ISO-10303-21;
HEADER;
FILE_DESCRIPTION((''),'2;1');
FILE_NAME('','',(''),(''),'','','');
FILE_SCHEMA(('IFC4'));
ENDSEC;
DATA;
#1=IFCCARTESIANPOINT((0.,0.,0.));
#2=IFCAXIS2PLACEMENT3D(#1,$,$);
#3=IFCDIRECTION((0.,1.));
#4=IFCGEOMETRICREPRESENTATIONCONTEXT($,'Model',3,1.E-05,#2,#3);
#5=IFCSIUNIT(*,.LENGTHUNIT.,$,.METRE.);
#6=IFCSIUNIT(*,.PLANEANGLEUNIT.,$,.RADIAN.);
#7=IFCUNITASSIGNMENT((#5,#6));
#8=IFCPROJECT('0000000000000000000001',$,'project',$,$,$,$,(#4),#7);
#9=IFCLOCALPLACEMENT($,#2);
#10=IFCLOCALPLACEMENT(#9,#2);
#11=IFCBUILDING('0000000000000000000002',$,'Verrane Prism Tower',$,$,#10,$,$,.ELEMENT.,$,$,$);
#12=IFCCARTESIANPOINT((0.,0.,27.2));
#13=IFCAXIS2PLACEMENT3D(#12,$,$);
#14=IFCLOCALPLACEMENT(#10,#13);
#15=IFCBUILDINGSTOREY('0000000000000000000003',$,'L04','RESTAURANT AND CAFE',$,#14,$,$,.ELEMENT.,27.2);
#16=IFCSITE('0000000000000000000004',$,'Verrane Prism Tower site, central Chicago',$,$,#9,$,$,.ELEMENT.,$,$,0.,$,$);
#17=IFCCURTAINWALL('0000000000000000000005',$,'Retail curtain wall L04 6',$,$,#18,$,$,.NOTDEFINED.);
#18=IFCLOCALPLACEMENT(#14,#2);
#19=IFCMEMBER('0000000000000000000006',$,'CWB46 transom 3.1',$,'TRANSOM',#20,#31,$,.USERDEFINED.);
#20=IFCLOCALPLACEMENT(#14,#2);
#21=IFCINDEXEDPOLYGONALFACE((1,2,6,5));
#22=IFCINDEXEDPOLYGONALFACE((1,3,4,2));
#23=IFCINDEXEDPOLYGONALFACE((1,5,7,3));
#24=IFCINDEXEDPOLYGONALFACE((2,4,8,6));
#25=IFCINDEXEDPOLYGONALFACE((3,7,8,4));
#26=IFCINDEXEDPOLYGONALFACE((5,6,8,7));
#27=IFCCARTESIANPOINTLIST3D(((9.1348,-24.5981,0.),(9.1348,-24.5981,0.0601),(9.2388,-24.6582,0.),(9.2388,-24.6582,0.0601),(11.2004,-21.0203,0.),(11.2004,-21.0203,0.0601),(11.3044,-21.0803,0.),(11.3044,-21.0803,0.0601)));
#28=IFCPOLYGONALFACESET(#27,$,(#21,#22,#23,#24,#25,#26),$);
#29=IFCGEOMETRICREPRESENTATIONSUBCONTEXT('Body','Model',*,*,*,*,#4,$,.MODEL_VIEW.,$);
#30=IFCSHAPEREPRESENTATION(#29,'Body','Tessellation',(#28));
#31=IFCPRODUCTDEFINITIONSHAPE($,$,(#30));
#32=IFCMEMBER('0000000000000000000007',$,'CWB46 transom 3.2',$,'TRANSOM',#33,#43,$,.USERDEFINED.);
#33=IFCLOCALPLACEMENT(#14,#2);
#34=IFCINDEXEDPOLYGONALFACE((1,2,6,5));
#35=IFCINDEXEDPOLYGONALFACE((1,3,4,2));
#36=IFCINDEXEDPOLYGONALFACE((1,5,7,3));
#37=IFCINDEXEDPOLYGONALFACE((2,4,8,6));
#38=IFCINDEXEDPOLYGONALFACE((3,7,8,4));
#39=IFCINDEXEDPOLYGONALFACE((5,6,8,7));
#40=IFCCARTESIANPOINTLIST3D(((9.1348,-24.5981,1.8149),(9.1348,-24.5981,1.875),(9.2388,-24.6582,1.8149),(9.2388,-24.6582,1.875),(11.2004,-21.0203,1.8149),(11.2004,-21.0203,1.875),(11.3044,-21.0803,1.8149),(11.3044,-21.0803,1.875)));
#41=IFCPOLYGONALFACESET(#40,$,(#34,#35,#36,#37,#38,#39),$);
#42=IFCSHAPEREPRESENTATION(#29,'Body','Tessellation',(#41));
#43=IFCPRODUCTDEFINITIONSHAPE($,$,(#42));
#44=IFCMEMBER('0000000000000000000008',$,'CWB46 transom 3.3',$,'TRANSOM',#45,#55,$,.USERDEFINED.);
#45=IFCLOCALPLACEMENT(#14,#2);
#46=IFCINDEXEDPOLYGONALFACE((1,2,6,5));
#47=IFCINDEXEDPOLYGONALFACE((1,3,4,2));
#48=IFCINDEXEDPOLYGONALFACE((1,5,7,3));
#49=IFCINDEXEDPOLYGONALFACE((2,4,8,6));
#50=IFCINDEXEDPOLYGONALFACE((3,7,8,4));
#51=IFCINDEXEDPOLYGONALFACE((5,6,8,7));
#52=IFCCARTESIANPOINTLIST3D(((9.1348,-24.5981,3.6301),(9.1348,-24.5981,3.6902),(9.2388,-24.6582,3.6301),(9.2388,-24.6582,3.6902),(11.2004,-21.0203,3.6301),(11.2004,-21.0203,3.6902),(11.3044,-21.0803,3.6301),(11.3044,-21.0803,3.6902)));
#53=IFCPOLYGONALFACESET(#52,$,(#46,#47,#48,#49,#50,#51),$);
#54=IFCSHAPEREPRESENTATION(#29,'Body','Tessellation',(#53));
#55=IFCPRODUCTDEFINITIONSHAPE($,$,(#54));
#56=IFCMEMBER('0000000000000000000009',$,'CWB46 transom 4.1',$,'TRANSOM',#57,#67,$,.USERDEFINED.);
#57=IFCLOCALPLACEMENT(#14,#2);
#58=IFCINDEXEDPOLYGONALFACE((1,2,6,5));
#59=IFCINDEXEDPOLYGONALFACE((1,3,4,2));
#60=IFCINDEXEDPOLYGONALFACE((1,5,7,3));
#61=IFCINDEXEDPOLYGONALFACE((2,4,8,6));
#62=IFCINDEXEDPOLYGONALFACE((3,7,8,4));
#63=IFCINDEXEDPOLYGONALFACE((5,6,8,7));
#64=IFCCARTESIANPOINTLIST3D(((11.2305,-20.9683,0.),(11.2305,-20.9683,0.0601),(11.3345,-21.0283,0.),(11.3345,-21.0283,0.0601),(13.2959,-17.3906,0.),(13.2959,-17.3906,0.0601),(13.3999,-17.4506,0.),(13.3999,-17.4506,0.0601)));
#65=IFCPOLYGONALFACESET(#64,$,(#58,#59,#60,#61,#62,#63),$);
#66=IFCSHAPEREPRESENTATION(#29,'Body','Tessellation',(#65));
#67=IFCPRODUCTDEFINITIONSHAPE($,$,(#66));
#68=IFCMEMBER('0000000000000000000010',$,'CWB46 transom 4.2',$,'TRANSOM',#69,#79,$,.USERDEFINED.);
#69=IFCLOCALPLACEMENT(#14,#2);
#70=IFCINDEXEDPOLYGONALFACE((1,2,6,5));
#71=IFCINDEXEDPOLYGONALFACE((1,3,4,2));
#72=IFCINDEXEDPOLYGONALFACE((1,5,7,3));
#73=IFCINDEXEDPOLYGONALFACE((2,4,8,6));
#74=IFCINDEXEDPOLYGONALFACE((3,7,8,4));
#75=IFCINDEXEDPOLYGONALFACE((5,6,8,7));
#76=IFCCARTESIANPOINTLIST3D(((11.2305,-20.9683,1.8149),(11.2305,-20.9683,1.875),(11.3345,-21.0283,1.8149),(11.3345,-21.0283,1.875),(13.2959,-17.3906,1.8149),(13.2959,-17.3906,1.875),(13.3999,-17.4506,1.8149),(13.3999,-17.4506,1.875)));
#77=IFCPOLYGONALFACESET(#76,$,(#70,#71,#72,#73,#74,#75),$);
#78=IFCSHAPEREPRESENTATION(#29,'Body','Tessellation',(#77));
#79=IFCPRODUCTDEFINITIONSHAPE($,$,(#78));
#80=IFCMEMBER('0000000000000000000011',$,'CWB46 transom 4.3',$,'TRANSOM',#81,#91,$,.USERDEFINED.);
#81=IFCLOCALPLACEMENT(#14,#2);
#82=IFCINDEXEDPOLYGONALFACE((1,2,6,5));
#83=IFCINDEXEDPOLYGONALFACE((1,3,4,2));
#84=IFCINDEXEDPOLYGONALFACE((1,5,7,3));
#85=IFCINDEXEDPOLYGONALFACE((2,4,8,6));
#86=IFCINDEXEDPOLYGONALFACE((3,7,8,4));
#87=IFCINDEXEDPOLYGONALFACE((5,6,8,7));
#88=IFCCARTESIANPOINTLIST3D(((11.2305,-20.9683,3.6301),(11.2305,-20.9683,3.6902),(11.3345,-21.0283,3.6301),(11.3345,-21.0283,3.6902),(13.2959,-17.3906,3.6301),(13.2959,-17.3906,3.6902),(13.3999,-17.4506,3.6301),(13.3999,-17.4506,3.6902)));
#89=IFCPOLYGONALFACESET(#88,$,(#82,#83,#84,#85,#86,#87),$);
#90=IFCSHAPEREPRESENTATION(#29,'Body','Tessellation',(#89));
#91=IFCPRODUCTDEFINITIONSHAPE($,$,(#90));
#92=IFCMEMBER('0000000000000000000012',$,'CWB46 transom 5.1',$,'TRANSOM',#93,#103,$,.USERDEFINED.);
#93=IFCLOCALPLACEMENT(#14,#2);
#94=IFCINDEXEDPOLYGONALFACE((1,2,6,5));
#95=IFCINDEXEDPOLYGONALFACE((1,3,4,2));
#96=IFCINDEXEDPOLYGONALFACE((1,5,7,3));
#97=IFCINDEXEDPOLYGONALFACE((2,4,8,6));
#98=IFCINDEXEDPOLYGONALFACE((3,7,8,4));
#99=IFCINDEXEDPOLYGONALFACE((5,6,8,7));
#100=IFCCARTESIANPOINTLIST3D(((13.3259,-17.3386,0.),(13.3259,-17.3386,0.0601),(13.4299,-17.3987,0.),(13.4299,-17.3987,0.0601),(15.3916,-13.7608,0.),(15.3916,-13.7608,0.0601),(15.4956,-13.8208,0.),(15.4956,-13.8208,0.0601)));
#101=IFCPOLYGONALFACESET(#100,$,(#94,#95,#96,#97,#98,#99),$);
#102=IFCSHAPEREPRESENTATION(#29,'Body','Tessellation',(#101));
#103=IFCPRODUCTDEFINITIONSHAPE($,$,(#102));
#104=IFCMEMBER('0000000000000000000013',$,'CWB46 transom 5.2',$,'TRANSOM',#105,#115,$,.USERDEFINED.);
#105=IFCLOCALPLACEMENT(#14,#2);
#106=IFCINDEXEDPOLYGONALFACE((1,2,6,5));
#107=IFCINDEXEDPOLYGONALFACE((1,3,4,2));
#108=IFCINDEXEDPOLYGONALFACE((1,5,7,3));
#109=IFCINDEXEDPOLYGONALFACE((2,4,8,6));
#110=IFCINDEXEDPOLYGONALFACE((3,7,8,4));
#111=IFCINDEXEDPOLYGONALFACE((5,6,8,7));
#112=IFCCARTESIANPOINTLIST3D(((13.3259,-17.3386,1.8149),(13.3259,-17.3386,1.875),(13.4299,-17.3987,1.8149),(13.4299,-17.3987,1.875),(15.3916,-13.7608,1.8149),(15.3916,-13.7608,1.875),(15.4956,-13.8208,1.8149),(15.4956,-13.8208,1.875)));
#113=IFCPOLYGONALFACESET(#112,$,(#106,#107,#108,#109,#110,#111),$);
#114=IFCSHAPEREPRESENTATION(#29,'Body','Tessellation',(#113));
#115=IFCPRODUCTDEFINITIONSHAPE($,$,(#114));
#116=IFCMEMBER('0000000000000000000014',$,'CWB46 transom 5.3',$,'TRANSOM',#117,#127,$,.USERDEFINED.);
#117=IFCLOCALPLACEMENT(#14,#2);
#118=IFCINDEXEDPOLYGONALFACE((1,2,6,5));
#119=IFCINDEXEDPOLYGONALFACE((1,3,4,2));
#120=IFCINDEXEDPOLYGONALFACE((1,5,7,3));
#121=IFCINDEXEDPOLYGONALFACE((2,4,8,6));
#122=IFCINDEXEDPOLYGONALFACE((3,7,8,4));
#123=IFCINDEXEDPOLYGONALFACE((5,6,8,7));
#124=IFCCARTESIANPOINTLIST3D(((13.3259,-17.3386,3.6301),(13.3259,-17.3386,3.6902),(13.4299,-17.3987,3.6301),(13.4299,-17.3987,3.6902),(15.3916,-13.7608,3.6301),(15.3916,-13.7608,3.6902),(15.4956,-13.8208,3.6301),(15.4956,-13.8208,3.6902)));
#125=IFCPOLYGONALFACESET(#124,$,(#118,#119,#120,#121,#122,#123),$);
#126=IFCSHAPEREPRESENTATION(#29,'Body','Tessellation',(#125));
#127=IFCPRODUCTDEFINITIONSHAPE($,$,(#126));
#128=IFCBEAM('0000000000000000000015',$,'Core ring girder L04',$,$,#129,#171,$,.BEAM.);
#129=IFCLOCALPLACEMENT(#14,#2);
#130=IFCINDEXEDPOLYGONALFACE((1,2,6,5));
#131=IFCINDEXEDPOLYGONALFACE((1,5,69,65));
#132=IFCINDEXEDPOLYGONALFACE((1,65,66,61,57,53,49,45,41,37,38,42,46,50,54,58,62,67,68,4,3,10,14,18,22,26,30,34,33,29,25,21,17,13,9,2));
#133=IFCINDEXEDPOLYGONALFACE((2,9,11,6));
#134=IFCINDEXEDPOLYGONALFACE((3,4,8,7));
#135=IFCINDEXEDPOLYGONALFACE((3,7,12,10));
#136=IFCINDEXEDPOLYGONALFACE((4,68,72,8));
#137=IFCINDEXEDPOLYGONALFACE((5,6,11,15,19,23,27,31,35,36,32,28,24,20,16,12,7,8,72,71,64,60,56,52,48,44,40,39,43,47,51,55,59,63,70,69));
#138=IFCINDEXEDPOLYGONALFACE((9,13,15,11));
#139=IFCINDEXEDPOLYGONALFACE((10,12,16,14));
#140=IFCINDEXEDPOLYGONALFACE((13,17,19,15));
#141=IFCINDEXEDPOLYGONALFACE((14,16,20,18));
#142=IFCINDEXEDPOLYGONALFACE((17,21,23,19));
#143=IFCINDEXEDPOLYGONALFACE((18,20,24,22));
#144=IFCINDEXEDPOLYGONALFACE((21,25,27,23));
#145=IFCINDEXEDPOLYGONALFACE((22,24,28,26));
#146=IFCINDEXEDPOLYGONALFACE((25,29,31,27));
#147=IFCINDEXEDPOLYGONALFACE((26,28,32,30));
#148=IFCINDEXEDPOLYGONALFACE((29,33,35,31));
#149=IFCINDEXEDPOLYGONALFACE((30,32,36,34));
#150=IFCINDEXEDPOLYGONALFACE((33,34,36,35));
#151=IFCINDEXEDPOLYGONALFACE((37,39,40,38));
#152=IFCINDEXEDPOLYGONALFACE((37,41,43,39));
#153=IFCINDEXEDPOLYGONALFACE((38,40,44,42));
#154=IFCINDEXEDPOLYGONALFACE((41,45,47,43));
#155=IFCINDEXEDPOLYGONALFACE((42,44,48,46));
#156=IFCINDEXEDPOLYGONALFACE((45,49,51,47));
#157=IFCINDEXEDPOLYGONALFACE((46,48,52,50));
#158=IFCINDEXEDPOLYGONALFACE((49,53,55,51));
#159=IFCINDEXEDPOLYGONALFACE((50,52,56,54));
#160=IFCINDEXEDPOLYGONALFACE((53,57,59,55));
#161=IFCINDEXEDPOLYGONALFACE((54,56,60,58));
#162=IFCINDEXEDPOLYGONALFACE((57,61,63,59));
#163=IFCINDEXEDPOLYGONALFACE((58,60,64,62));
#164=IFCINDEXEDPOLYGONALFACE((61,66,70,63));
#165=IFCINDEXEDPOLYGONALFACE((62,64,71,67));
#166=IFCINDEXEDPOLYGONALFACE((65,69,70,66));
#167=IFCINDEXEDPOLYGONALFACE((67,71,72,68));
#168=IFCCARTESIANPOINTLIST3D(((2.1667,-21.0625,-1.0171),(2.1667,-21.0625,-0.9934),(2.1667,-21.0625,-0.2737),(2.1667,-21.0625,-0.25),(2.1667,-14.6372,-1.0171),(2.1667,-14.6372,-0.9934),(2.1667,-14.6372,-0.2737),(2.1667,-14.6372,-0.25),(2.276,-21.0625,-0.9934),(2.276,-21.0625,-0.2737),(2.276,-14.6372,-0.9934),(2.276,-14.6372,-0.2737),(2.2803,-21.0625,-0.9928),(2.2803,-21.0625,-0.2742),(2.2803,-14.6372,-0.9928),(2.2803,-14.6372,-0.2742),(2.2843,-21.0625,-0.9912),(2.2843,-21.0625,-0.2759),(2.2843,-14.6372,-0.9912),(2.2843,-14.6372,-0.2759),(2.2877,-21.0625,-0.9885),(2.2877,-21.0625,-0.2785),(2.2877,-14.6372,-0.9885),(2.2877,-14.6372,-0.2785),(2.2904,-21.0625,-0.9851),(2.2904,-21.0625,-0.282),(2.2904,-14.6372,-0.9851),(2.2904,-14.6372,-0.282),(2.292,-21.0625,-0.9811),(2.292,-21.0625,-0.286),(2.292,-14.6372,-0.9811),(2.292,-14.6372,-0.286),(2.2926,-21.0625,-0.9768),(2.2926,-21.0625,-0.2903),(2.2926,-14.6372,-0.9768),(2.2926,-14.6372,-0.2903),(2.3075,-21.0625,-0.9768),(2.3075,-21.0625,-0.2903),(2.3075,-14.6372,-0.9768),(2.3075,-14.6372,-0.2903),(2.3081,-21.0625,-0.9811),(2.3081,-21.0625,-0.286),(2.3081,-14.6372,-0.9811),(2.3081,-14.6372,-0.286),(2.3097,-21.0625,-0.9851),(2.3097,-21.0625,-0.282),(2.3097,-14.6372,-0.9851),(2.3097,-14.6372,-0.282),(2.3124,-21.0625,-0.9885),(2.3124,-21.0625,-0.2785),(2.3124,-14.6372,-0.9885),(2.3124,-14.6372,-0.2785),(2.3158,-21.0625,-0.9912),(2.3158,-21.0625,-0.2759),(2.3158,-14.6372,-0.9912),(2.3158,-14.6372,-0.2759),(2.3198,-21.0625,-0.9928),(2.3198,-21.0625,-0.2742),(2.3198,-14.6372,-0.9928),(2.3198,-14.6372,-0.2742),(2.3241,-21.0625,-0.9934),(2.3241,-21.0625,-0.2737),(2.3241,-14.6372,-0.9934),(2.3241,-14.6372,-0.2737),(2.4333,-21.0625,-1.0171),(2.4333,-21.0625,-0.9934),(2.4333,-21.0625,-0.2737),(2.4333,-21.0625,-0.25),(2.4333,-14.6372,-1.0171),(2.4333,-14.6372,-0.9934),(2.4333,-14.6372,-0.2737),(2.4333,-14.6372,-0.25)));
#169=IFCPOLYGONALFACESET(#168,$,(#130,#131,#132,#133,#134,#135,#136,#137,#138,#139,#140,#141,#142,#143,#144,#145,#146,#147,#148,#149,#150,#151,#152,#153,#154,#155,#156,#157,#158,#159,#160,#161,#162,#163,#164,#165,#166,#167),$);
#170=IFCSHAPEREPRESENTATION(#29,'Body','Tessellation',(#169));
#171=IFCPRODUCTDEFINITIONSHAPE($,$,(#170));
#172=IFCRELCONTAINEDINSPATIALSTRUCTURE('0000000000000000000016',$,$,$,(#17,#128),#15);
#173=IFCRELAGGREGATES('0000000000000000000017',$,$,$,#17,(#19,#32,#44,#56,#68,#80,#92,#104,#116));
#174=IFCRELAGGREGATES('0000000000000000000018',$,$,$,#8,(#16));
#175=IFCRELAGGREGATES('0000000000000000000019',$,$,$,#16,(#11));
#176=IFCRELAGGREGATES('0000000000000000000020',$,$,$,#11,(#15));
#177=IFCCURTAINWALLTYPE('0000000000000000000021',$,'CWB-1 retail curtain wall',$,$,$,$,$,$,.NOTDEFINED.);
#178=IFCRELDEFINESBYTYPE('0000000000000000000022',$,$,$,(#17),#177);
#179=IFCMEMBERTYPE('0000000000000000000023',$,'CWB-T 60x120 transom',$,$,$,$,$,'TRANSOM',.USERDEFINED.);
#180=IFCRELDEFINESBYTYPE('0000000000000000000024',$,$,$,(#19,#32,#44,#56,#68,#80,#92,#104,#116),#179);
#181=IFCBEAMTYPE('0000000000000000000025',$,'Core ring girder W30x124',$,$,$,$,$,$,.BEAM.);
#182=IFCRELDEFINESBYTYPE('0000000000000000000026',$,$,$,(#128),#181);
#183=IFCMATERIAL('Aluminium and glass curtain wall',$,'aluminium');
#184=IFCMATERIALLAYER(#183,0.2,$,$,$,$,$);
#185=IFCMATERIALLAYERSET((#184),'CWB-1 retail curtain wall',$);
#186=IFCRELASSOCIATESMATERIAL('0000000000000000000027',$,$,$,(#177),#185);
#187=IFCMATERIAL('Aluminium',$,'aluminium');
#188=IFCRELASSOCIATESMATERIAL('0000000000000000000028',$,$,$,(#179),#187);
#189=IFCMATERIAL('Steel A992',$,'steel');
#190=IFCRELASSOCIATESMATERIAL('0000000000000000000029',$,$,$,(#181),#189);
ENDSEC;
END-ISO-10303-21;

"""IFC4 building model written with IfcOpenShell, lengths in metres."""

from ifc_helpers import new_model, si_unit, direction, frame, origin, origin_2d, place, context, subcontext, project, spatial, rectangle, i_section, extrude, material, layer, layer_set, material_profile, profile_set, type_object, element, aggregate, save


model = new_model("IFC4")

# Units and contexts
model_context = context("Model", 3, precision=1e-05, world=origin(), true_north=direction((0.0, 1.0)))
body_context = subcontext(model_context, "Body", "Model", "MODEL_VIEW")
ifc_project = project(units=[si_unit("LENGTHUNIT", "METRE"), si_unit("PLANEANGLEUNIT", "RADIAN")], contexts=[model_context])

# Site, building, storey
site_placement = place(None, origin())
site = spatial("IfcSite", under=ifc_project, at=site_placement, Name="Verrane Prism Tower site, central Chicago", CompositionType="ELEMENT", RefElevation=0.0)
building_placement = place(site_placement, origin())
building = spatial("IfcBuilding", under=site, at=building_placement, Name="Verrane Prism Tower", CompositionType="ELEMENT")
storey_placement = place(building_placement, frame((0.0, 0.0, 27.2)))
storey = spatial("IfcBuildingStorey", under=building, at=storey_placement, Name="L04", Description="RESTAURANT AND CAFE", CompositionType="ELEMENT", Elevation=27.2)

# Curtain wall, members
ifc_material_1 = material(Name="Aluminium and glass curtain wall", Category="aluminium")
ifc_layer_1 = layer(ifc_material_1, 0.2)
ifc_layer_set_1 = layer_set([ifc_layer_1], Name="CWB-1 retail curtain wall")
curtain_wall_type = type_object("IfcCurtainWallType", Name="CWB-1 retail curtain wall", PredefinedType="NOTDEFINED", material=ifc_layer_set_1)
curtain_wall_placement = place(storey_placement, origin())
curtain_wall = element("IfcCurtainWall", 1, at=curtain_wall_placement, inside=storey, type_object=curtain_wall_type, Name="Retail curtain wall L04 6", PredefinedType="NOTDEFINED")
ifc_material_2 = material(Name="Aluminium", Category="aluminium")
ifc_material_profile_1 = material_profile(ifc_material_2, rectangle(XDim=0.1201, YDim=0.0601, at=origin_2d()), Name="CWB-T 60x120 transom")
ifc_profile_set_1 = profile_set([ifc_material_profile_1], Name="Aluminium")
member_type_1 = type_object("IfcMemberType", Name="CWB-T 60x120 transom", ElementType="TRANSOM", PredefinedType="USERDEFINED", material=ifc_profile_set_1)
member_1_placement = place(storey_placement, frame((9.1868, -24.6282, 0.03), z_axis=(0.499997, 0.866027, 0.0), x_axis=(-0.866027, 0.499997, 0.0)))
member_1 = element("IfcMember", 2, at=member_1_placement, type_object=member_type_1, Name="CWB46 transom 3.1", ObjectType="TRANSOM", PredefinedType="USERDEFINED", context=body_context, shape_type="SweptSolid", body=[
    extrude(rectangle(XDim=0.1201, YDim=0.0601, at=origin_2d()), origin(), (0.0, 0.0, 1.0), 4.1313),
])
member_2_placement = place(storey_placement, frame((9.1868, -24.6282, 1.845), z_axis=(0.499997, 0.866027, 0.0), x_axis=(-0.866027, 0.499997, 0.0)))
member_2 = element("IfcMember", 3, at=member_2_placement, type_object=member_type_1, Name="CWB46 transom 3.2", ObjectType="TRANSOM", PredefinedType="USERDEFINED", context=body_context, shape_type="SweptSolid", body=[
    extrude(rectangle(XDim=0.1201, YDim=0.0601, at=origin_2d()), origin(), (0.0, 0.0, 1.0), 4.1313),
])
member_3_placement = place(storey_placement, frame((9.1868, -24.6282, 3.6602), z_axis=(0.499997, 0.866027, 0.0), x_axis=(-0.866027, 0.499997, 0.0)))
member_3 = element("IfcMember", 4, at=member_3_placement, type_object=member_type_1, Name="CWB46 transom 3.3", ObjectType="TRANSOM", PredefinedType="USERDEFINED", context=body_context, shape_type="SweptSolid", body=[
    extrude(rectangle(XDim=0.1201, YDim=0.0601, at=origin_2d()), origin(), (0.0, 0.0, 1.0), 4.1313),
])
member_4_placement = place(storey_placement, frame((11.2825, -20.9983, 0.03), z_axis=(0.499978, 0.866038, 0.0), x_axis=(-0.866038, 0.499978, 0.0)))
member_4 = element("IfcMember", 5, at=member_4_placement, type_object=member_type_1, Name="CWB46 transom 4.1", ObjectType="TRANSOM", PredefinedType="USERDEFINED", context=body_context, shape_type="SweptSolid", body=[
    extrude(rectangle(XDim=0.1201, YDim=0.0601, at=origin_2d()), origin(), (0.0, 0.0, 1.0), 4.1311),
])
member_5_placement = place(storey_placement, frame((11.2825, -20.9983, 1.845), z_axis=(0.499978, 0.866038, 0.0), x_axis=(-0.866038, 0.499978, 0.0)))
member_5 = element("IfcMember", 6, at=member_5_placement, type_object=member_type_1, Name="CWB46 transom 4.2", ObjectType="TRANSOM", PredefinedType="USERDEFINED", context=body_context, shape_type="SweptSolid", body=[
    extrude(rectangle(XDim=0.1201, YDim=0.0601, at=origin_2d()), origin(), (0.0, 0.0, 1.0), 4.1311),
])
member_6_placement = place(storey_placement, frame((11.2825, -20.9983, 3.6602), z_axis=(0.499978, 0.866038, 0.0), x_axis=(-0.866038, 0.499978, 0.0)))
member_6 = element("IfcMember", 7, at=member_6_placement, type_object=member_type_1, Name="CWB46 transom 4.3", ObjectType="TRANSOM", PredefinedType="USERDEFINED", context=body_context, shape_type="SweptSolid", body=[
    extrude(rectangle(XDim=0.1201, YDim=0.0601, at=origin_2d()), origin(), (0.0, 0.0, 1.0), 4.1311),
])
member_7_placement = place(storey_placement, frame((13.3779, -17.3687, 0.03), z_axis=(0.499997, 0.866027, 0.0), x_axis=(-0.866027, 0.499997, 0.0)))
member_7 = element("IfcMember", 8, at=member_7_placement, type_object=member_type_1, Name="CWB46 transom 5.1", ObjectType="TRANSOM", PredefinedType="USERDEFINED", context=body_context, shape_type="SweptSolid", body=[
    extrude(rectangle(XDim=0.1201, YDim=0.0601, at=origin_2d()), origin(), (0.0, 0.0, 1.0), 4.1313),
])
member_8_placement = place(storey_placement, frame((13.3779, -17.3687, 1.845), z_axis=(0.499997, 0.866027, 0.0), x_axis=(-0.866027, 0.499997, 0.0)))
member_8 = element("IfcMember", 9, at=member_8_placement, type_object=member_type_1, Name="CWB46 transom 5.2", ObjectType="TRANSOM", PredefinedType="USERDEFINED", context=body_context, shape_type="SweptSolid", body=[
    extrude(rectangle(XDim=0.1201, YDim=0.0601, at=origin_2d()), origin(), (0.0, 0.0, 1.0), 4.1313),
])
member_9_placement = place(storey_placement, frame((13.3779, -17.3687, 3.6602), z_axis=(0.499997, 0.866027, 0.0), x_axis=(-0.866027, 0.499997, 0.0)))
member_9 = element("IfcMember", 10, at=member_9_placement, type_object=member_type_1, Name="CWB46 transom 5.3", ObjectType="TRANSOM", PredefinedType="USERDEFINED", context=body_context, shape_type="SweptSolid", body=[
    extrude(rectangle(XDim=0.1201, YDim=0.0601, at=origin_2d()), origin(), (0.0, 0.0, 1.0), 4.1313),
])

# Beam
ifc_material_3 = material(Name="Steel A992", Category="steel")
ifc_material_profile_2 = material_profile(ifc_material_3, i_section(OverallWidth=0.2666, OverallDepth=0.7671, WebThickness=0.0149, FlangeThickness=0.0237, FilletRadius=0.0166, at=origin_2d()), Name="W30x124")
ifc_profile_set_2 = profile_set([ifc_material_profile_2], Name="Steel A992")
beam_type_1 = type_object("IfcBeamType", Name="Core ring girder W30x124", PredefinedType="BEAM", material=ifc_profile_set_2)
beam_1_placement = place(storey_placement, frame((2.3, -21.0625, -0.6335), z_axis=(0.0, 1.0, 0.0), x_axis=(-1.0, 0.0, 0.0)))
element("IfcBeam", 11, at=beam_1_placement, inside=storey, type_object=beam_type_1, Name="Core ring girder L04", PredefinedType="BEAM", context=body_context, shape_type="SweptSolid", body=[
    extrude(i_section(OverallWidth=0.2666, OverallDepth=0.7671, WebThickness=0.0149, FlangeThickness=0.0237, FilletRadius=0.0166, at=origin_2d()), origin(), (0.0, 0.0, 1.0), 6.4253),
])

aggregate(curtain_wall, [member_1, member_2, member_3, member_4, member_5, member_6, member_7, member_8, member_9])

save(model, "model.ifc")
